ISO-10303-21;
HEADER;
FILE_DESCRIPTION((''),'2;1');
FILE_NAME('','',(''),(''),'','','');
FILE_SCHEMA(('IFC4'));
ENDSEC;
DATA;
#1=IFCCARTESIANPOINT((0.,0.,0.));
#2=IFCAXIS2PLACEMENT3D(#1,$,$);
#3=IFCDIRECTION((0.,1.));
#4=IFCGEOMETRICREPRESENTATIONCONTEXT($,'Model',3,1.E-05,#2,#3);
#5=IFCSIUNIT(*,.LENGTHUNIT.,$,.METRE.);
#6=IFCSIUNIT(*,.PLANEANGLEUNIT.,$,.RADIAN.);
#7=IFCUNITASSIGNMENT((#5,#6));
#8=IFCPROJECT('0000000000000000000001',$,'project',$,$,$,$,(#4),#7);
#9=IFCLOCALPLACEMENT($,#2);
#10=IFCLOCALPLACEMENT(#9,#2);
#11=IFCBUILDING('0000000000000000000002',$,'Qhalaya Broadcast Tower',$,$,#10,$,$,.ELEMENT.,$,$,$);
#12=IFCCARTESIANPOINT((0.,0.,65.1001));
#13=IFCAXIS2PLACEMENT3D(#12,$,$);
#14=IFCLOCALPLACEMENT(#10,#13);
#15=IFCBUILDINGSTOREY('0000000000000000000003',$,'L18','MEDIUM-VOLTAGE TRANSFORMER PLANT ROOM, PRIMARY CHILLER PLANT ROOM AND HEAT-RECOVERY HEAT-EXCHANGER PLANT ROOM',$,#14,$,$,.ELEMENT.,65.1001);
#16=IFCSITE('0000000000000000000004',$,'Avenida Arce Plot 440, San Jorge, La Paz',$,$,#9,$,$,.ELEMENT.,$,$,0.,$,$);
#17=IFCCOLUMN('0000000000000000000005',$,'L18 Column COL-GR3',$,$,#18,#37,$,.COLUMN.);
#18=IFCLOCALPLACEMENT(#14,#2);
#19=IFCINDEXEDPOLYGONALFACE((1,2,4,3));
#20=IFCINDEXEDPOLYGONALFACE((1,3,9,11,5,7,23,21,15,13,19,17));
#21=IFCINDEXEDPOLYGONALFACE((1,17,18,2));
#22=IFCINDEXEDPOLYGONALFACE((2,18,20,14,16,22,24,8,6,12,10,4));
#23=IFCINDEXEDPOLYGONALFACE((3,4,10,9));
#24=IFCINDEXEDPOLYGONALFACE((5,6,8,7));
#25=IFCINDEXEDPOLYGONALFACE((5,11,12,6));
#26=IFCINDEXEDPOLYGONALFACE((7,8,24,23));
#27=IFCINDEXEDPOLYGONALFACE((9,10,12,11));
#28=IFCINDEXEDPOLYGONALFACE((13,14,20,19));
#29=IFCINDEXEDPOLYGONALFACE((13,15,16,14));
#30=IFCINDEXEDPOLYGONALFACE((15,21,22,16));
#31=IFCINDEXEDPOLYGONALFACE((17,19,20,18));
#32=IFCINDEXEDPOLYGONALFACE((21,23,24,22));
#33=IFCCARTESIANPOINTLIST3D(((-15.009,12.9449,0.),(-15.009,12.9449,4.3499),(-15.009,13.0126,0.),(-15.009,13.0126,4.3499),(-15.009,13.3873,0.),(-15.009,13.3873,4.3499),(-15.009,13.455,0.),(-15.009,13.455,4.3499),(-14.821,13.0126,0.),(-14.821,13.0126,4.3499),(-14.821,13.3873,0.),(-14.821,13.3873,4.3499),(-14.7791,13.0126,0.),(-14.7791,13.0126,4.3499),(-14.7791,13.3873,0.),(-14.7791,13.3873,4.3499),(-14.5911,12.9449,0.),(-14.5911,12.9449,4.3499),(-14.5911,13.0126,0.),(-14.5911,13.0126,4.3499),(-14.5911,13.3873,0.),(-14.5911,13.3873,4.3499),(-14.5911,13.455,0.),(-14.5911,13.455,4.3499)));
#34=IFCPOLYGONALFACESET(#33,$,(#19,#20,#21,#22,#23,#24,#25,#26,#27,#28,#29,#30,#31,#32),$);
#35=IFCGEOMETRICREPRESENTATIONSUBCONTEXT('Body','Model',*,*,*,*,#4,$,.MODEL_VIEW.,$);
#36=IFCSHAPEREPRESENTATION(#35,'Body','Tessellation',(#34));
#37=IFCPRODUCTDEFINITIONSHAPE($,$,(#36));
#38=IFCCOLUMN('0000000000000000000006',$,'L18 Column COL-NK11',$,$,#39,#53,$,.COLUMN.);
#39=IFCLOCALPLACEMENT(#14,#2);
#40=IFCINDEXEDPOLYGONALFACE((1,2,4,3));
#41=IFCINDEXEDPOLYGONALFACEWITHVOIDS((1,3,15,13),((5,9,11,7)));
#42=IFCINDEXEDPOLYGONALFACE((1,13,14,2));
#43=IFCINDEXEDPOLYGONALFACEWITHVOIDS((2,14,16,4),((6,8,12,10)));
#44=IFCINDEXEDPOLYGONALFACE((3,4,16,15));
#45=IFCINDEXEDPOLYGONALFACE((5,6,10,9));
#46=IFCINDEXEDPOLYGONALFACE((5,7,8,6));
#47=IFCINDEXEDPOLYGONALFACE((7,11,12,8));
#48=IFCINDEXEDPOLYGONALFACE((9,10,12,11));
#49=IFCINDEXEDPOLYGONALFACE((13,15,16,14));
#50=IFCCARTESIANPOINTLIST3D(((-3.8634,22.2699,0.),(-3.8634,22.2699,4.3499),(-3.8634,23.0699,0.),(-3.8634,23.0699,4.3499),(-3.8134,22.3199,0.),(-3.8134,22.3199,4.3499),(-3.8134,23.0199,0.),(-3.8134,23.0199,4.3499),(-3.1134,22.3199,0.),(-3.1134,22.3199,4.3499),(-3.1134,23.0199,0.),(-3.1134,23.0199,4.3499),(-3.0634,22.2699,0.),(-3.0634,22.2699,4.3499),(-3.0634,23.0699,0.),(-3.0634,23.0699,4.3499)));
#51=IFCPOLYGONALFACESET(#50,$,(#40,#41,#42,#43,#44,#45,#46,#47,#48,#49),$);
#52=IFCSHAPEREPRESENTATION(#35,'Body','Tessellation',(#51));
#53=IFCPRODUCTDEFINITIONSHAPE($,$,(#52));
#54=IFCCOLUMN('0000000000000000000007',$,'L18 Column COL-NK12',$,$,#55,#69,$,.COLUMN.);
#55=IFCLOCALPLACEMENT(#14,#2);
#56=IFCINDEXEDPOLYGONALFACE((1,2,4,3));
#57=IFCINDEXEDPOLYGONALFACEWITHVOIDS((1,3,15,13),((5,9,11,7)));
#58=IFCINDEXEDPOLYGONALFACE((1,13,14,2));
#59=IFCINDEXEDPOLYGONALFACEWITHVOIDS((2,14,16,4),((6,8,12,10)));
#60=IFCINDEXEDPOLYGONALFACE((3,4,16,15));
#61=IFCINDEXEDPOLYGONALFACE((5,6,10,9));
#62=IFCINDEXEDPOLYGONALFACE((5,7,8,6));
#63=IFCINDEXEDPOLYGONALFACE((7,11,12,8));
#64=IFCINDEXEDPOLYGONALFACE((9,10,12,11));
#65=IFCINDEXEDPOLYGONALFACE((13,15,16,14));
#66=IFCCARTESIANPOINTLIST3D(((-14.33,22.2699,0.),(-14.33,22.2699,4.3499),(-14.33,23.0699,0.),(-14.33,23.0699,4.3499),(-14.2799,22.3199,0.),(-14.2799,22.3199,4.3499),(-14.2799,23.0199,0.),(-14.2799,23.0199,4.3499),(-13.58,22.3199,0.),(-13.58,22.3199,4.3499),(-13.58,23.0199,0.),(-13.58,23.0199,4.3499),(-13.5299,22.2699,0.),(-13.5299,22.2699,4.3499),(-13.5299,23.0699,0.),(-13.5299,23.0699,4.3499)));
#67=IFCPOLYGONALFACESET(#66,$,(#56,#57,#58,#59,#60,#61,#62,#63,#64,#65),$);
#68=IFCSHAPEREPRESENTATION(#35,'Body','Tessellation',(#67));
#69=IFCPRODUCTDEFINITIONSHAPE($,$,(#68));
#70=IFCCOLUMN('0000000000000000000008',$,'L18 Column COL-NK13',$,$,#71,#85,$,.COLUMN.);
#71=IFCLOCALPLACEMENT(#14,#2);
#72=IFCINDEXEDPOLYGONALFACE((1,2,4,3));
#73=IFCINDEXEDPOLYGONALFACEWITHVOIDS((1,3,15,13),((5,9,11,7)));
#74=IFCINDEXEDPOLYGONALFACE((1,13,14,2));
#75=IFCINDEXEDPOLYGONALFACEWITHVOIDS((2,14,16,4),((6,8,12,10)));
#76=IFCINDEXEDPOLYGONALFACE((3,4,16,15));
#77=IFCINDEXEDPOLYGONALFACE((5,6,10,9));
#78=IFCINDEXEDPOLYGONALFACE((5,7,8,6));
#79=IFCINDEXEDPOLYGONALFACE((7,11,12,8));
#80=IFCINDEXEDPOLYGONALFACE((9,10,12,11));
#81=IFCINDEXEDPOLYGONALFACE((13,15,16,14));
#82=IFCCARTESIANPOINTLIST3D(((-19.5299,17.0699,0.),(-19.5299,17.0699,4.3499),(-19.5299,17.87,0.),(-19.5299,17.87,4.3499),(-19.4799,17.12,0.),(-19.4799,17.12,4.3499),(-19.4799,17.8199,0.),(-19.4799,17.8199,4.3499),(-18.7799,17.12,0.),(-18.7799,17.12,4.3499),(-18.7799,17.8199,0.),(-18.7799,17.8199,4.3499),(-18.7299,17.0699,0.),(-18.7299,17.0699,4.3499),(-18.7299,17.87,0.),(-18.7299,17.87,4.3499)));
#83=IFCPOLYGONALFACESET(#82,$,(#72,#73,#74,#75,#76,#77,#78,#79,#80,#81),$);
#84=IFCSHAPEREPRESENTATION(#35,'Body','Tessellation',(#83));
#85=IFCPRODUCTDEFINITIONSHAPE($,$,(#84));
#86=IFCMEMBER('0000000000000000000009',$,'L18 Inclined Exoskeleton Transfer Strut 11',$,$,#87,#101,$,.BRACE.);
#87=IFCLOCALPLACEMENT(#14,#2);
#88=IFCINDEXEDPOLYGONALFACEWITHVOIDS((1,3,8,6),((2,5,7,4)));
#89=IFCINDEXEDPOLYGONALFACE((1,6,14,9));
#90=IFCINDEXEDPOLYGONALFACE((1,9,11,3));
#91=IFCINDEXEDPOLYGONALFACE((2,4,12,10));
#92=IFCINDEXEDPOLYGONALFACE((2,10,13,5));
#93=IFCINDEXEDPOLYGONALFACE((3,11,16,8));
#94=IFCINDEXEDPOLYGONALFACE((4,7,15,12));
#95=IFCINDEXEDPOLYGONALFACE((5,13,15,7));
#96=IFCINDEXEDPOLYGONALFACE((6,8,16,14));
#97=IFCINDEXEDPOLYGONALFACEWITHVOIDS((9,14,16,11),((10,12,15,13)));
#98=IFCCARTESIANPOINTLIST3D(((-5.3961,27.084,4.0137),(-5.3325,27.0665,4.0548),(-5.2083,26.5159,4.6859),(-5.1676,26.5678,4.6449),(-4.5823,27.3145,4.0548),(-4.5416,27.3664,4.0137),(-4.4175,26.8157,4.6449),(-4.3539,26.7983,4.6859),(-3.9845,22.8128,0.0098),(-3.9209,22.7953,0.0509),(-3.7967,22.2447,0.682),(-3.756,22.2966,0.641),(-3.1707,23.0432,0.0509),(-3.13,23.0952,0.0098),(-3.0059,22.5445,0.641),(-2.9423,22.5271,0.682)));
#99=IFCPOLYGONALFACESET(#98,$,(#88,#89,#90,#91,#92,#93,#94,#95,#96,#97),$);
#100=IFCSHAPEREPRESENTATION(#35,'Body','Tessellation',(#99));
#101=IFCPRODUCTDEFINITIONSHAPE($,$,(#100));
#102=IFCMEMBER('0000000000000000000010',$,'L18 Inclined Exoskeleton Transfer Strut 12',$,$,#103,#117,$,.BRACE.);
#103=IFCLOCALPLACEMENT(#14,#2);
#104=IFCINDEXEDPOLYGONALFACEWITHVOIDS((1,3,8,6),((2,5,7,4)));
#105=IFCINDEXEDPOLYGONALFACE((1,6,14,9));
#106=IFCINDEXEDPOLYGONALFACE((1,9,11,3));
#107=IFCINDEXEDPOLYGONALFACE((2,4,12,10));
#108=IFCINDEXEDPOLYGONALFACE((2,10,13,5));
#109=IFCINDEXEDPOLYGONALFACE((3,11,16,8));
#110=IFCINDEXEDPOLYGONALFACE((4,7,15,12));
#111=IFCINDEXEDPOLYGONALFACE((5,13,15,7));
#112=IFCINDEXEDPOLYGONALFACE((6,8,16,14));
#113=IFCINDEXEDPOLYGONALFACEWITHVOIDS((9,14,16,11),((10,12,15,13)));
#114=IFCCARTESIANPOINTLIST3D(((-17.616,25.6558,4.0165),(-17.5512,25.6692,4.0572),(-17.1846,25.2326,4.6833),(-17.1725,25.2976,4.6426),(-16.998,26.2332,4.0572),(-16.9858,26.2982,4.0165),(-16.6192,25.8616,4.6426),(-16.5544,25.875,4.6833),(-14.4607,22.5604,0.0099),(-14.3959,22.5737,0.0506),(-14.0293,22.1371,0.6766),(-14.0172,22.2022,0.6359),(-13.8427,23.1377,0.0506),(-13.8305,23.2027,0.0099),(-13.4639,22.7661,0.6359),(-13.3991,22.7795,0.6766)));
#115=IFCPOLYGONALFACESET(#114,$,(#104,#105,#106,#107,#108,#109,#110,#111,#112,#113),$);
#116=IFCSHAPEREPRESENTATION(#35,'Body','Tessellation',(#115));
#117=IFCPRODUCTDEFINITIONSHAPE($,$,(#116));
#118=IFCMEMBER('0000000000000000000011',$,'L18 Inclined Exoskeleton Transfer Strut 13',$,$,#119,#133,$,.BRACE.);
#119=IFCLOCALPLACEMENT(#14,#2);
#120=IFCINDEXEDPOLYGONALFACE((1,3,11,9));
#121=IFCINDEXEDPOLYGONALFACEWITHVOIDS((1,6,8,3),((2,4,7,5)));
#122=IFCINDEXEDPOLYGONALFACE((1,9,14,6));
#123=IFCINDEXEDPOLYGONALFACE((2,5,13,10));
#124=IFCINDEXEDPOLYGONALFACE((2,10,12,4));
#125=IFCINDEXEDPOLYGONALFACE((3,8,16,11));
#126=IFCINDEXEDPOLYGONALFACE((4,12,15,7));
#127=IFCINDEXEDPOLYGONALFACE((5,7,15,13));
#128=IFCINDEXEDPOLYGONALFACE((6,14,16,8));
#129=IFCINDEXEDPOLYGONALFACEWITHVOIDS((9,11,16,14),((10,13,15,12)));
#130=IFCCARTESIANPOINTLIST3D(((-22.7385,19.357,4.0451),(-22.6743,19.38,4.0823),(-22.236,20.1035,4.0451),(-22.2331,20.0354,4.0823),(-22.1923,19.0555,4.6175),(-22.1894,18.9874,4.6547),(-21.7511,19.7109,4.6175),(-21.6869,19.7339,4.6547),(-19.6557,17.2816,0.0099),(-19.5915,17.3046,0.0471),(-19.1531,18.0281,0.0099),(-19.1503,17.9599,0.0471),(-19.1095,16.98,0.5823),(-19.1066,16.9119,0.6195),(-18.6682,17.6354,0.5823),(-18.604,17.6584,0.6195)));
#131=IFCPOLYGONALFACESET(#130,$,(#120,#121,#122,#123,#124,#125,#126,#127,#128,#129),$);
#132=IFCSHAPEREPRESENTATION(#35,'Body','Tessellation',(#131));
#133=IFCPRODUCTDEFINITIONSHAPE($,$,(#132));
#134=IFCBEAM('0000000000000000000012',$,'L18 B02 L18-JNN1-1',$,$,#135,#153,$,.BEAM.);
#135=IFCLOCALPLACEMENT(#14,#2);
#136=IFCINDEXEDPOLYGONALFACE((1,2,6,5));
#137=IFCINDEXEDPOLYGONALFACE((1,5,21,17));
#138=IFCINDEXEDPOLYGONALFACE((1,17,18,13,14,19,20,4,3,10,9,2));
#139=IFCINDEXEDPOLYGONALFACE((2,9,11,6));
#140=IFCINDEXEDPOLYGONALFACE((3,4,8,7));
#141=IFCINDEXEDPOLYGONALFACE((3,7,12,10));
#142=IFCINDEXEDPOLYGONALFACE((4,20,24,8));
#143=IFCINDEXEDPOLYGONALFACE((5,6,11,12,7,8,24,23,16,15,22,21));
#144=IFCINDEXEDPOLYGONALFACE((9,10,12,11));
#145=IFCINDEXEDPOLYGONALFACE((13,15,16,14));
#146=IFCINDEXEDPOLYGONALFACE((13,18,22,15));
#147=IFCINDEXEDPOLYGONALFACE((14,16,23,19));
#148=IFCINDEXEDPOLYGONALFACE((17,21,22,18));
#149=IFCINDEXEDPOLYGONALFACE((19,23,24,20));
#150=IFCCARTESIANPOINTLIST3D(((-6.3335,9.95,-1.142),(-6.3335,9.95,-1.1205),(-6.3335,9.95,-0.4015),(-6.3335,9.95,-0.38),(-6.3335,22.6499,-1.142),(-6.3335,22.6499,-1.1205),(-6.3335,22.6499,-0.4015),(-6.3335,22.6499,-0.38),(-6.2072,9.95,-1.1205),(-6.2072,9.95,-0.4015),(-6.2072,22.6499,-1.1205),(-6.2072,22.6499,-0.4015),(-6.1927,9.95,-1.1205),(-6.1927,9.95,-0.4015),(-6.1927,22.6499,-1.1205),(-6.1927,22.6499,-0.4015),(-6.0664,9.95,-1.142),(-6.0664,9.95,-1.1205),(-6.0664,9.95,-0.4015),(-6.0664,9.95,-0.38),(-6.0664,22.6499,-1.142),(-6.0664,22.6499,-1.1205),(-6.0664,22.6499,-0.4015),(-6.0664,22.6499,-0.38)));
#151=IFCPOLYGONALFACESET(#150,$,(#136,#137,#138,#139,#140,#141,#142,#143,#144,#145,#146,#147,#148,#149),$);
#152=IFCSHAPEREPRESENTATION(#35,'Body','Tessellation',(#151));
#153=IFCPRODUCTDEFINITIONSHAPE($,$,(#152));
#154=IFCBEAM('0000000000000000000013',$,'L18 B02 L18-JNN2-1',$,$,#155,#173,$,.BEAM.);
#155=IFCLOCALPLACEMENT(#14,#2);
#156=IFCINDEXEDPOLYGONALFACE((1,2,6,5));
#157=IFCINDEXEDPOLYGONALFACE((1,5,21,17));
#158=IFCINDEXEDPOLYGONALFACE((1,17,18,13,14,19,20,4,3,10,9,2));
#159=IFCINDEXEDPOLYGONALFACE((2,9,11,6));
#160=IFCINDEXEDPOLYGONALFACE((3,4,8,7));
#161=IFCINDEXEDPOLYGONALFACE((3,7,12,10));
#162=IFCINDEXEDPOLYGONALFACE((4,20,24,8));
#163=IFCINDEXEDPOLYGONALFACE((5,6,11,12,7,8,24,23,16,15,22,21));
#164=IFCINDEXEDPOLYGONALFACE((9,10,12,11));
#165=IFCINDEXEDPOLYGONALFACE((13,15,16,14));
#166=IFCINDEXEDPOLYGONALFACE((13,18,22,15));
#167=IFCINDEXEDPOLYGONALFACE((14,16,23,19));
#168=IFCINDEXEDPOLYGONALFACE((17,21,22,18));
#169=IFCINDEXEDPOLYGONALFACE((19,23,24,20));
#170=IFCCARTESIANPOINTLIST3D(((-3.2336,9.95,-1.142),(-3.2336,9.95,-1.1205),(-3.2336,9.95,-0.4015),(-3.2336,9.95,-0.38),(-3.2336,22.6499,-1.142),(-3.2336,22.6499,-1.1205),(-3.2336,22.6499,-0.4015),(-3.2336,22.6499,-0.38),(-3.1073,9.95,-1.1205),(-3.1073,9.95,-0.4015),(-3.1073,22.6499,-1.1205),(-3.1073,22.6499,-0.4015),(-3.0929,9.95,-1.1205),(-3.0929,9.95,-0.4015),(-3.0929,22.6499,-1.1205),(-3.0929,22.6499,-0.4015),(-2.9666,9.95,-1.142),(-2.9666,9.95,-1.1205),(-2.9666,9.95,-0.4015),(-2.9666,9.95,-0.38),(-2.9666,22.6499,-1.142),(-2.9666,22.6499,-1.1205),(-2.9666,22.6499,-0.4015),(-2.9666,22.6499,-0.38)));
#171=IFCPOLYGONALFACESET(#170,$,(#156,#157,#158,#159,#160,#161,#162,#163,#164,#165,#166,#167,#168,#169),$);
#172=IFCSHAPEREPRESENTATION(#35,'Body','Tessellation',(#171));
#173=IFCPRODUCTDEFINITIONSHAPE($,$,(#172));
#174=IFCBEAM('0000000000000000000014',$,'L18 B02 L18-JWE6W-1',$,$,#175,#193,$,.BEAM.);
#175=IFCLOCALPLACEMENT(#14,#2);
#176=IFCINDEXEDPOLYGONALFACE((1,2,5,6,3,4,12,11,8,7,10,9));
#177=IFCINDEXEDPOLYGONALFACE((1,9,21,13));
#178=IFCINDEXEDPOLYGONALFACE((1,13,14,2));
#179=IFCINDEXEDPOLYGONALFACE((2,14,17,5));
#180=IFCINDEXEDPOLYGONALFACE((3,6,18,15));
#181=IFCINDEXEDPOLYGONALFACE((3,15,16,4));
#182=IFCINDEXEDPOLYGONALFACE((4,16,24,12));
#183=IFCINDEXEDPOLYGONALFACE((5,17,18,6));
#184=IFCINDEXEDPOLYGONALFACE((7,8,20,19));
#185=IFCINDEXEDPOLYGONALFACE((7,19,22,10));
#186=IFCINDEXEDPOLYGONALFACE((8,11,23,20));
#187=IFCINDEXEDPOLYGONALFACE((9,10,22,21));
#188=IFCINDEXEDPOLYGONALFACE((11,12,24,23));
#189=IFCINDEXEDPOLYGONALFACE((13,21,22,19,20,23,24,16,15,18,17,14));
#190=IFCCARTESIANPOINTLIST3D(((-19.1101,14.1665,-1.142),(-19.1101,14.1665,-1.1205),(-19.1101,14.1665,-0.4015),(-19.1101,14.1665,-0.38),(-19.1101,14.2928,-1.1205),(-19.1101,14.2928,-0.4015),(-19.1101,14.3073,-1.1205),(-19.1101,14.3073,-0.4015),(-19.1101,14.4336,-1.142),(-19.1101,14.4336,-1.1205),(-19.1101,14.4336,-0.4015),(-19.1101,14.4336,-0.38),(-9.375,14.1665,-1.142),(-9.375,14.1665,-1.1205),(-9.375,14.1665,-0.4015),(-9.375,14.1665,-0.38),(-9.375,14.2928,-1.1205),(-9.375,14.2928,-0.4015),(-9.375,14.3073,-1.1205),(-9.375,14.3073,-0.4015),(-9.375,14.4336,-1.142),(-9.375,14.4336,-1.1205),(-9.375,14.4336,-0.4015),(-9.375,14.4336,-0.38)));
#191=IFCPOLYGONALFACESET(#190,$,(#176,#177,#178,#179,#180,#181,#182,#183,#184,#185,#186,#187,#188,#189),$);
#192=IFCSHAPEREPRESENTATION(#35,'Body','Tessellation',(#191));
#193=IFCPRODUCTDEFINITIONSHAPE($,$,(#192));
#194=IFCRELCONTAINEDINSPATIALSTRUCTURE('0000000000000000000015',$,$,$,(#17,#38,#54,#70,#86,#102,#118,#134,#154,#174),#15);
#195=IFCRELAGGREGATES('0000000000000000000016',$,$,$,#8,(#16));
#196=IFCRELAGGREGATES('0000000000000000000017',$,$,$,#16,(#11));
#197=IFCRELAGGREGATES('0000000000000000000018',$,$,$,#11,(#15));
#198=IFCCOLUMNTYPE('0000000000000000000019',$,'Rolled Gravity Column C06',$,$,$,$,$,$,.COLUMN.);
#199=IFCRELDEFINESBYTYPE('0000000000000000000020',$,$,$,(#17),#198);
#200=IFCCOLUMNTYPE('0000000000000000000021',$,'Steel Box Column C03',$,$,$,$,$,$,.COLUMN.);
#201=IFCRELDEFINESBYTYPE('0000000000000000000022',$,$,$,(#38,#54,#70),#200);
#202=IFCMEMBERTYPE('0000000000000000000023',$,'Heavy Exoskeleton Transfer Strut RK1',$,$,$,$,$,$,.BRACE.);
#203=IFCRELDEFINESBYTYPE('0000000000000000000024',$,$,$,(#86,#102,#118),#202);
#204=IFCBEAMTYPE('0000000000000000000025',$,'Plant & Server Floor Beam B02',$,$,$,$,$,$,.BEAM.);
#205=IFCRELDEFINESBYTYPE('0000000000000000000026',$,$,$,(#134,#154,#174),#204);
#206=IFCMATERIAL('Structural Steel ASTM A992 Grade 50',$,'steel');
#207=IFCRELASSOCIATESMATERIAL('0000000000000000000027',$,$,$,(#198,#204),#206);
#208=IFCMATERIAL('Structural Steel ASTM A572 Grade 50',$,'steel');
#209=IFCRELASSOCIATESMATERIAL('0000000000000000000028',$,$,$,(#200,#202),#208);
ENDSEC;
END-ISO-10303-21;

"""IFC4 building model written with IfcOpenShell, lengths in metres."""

from ifc_helpers import new_model, si_unit, direction, frame, origin, origin_2d, place, context, subcontext, project, spatial, hollow_rectangle, i_section, extrude, material, material_profile, profile_set, type_object, element, save


model = new_model("IFC4")

# Units and contexts
model_context = context("Model", 3, precision=1e-05, world=origin(), true_north=direction((0.0, 1.0)))
body_context = subcontext(model_context, "Body", "Model", "MODEL_VIEW")
ifc_project = project(units=[si_unit("LENGTHUNIT", "METRE"), si_unit("PLANEANGLEUNIT", "RADIAN")], contexts=[model_context])

# Site, building, storey
site_placement = place(None, origin())
site = spatial("IfcSite", under=ifc_project, at=site_placement, Name="Avenida Arce Plot 440, San Jorge, La Paz", CompositionType="ELEMENT", RefElevation=0.0)
building_placement = place(site_placement, origin())
building = spatial("IfcBuilding", under=site, at=building_placement, Name="Qhalaya Broadcast Tower", CompositionType="ELEMENT")
storey_placement = place(building_placement, frame((0.0, 0.0, 65.1001)))
storey = spatial("IfcBuildingStorey", under=building, at=storey_placement, Name="L18", Description="MEDIUM-VOLTAGE TRANSFORMER PLANT ROOM, PRIMARY CHILLER PLANT ROOM AND HEAT-RECOVERY HEAT-EXCHANGER PLANT ROOM", CompositionType="ELEMENT", Elevation=65.1001)

# Columns
ifc_material_1 = material(Name="Structural Steel ASTM A992 Grade 50", Category="steel")
ifc_material_profile_1 = material_profile(ifc_material_1, i_section(OverallWidth=0.418, OverallDepth=0.51, WebThickness=0.042, FlangeThickness=0.0676, at=origin_2d()), Name="W14X370")
ifc_profile_set_1 = profile_set([ifc_material_profile_1], Name="Structural Steel ASTM A992 Grade 50")
column_type_1 = type_object("IfcColumnType", Name="Rolled Gravity Column C06", PredefinedType="COLUMN", material=ifc_profile_set_1)
column_placement = place(storey_placement, frame((-14.8, 13.2, 0.0), z_axis=(0.0, 0.0, 1.0), x_axis=(1.0, 0.0, 0.0)))
element("IfcColumn", 1, at=column_placement, inside=storey, type_object=column_type_1, Name="L18 Column COL-GR3", PredefinedType="COLUMN", context=body_context, shape_type="SweptSolid", body=[
    extrude(i_section(OverallWidth=0.418, OverallDepth=0.51, WebThickness=0.042, FlangeThickness=0.0676, at=origin_2d()), origin(), (0.0, 0.0, 1.0), 4.3499),
])
ifc_material_2 = material(Name="Structural Steel ASTM A572 Grade 50", Category="steel")
ifc_material_profile_2 = material_profile(ifc_material_2, hollow_rectangle(XDim=0.8, YDim=0.8, WallThickness=0.05, at=origin_2d()), Name="BOX 800x800x50")
ifc_profile_set_2 = profile_set([ifc_material_profile_2], Name="Structural Steel ASTM A572 Grade 50")
column_type_2 = type_object("IfcColumnType", Name="Steel Box Column C03", PredefinedType="COLUMN", material=ifc_profile_set_2)
for number, where, z_axis, x_axis, name in (
    (2, (-3.4634, 22.6699, 0.0), (0.0, 0.0, 1.0), (1.0, 0.0, 0.0), "L18 Column COL-NK11"),
    (3, (-13.9299, 22.6699, 0.0), (0.0, 0.0, 1.0), (1.0, 0.0, 0.0), "L18 Column COL-NK12"),
    (4, (-19.1299, 17.47, 0.0), (0.0, 0.0, 1.0), (0.0, 1.0, 0.0), "L18 Column COL-NK13"),
):
    element("IfcColumn", number, at=place(storey_placement, frame(where, z_axis=z_axis, x_axis=x_axis)), inside=storey, type_object=column_type_2, Name=name, PredefinedType="COLUMN", context=body_context, shape_type="SweptSolid", body=[
        extrude(hollow_rectangle(XDim=0.8, YDim=0.8, WallThickness=0.05, at=origin_2d()), origin(), (0.0, 0.0, 1.0), 4.3499),
    ])

# Members
ifc_material_profile_3 = material_profile(ifc_material_2, hollow_rectangle(XDim=0.8999, YDim=0.8999, WallThickness=0.0549, at=origin_2d()), Name="BOX 900x900x55")
ifc_profile_set_3 = profile_set([ifc_material_profile_3], Name="Structural Steel ASTM A572 Grade 50")
member_type = type_object("IfcMemberType", Name="Heavy Exoskeleton Transfer Strut RK1", PredefinedType="BRACE", material=ifc_profile_set_3)
member_1_placement = place(storey_placement, frame((-3.4634, 22.6699, 0.3459), z_axis=(-0.234401, 0.709244, 0.664853), x_axis=(-0.949489, -0.313801, 0.0)))
element("IfcMember", 5, at=member_1_placement, inside=storey, type_object=member_type, Name="L18 Inclined Exoskeleton Transfer Strut 11", PredefinedType="BRACE", context=body_context, shape_type="SweptSolid", body=[
    extrude(hollow_rectangle(XDim=0.8999, YDim=0.8999, WallThickness=0.0549, at=origin_2d()), origin(), (0.0, 0.0, 1.0), 6.0222),
])
member_2_placement = place(storey_placement, frame((-13.9299, 22.6699, 0.3433), z_axis=(-0.528896, 0.51887, 0.671597), x_axis=(-0.700308, -0.713841, 0.0)))
element("IfcMember", 6, at=member_2_placement, inside=storey, type_object=member_type, Name="L18 Inclined Exoskeleton Transfer Strut 12", PredefinedType="BRACE", context=body_context, shape_type="SweptSolid", body=[
    extrude(hollow_rectangle(XDim=0.8999, YDim=0.8999, WallThickness=0.0549, at=origin_2d()), origin(), (0.0, 0.0, 1.0), 5.9658),
])
member_3_placement = place(storey_placement, frame((-19.1299, 17.47, 0.3147), z_axis=(-0.561959, 0.378333, 0.735572), x_axis=(-0.558469, -0.829525, 0.0)))
element("IfcMember", 7, at=member_3_placement, inside=storey, type_object=member_type, Name="L18 Inclined Exoskeleton Transfer Strut 13", PredefinedType="BRACE", context=body_context, shape_type="SweptSolid", body=[
    extrude(hollow_rectangle(XDim=0.8999, YDim=0.8999, WallThickness=0.0549, at=origin_2d()), origin(), (0.0, 0.0, 1.0), 5.4858),
])

# Beams
ifc_material_profile_4 = material_profile(ifc_material_1, i_section(OverallWidth=0.2671, OverallDepth=0.762, WebThickness=0.0144, FlangeThickness=0.0215, at=origin_2d()), Name="W30X116")
ifc_profile_set_4 = profile_set([ifc_material_profile_4], Name="Structural Steel ASTM A992 Grade 50")
beam_type_1 = type_object("IfcBeamType", Name="Plant & Server Floor Beam B02", PredefinedType="BEAM", material=ifc_profile_set_4)
for number, where, z_axis, x_axis, name in (
    (8, (-6.2, 9.95, -0.761), (0.0, 1.0, 0.0), (-1.0, 0.0, 0.0), "L18 B02 L18-JNN1-1"),
    (9, (-3.1001, 9.95, -0.761), (0.0, 1.0, 0.0), (-1.0, 0.0, 0.0), "L18 B02 L18-JNN2-1"),
):
    element("IfcBeam", number, at=place(storey_placement, frame(where, z_axis=z_axis, x_axis=x_axis)), inside=storey, type_object=beam_type_1, Name=name, PredefinedType="BEAM", context=body_context, shape_type="SweptSolid", body=[
        extrude(i_section(OverallWidth=0.2671, OverallDepth=0.762, WebThickness=0.0144, FlangeThickness=0.0215, at=origin_2d()), origin(), (0.0, 0.0, 1.0), 12.7),
    ])
for number, where, z_axis, x_axis, name in (
    (10, (-19.1101, 14.3, -0.761), (1.0, 0.0, 0.0), (0.0, 1.0, 0.0), "L18 B02 L18-JWE6W-1"),
):
    element("IfcBeam", number, at=place(storey_placement, frame(where, z_axis=z_axis, x_axis=x_axis)), inside=storey, type_object=beam_type_1, Name=name, PredefinedType="BEAM", context=body_context, shape_type="SweptSolid", body=[
        extrude(i_section(OverallWidth=0.2671, OverallDepth=0.762, WebThickness=0.0144, FlangeThickness=0.0215, at=origin_2d()), origin(), (0.0, 0.0, 1.0), 9.7351),
    ])

save(model, "model.ifc")
